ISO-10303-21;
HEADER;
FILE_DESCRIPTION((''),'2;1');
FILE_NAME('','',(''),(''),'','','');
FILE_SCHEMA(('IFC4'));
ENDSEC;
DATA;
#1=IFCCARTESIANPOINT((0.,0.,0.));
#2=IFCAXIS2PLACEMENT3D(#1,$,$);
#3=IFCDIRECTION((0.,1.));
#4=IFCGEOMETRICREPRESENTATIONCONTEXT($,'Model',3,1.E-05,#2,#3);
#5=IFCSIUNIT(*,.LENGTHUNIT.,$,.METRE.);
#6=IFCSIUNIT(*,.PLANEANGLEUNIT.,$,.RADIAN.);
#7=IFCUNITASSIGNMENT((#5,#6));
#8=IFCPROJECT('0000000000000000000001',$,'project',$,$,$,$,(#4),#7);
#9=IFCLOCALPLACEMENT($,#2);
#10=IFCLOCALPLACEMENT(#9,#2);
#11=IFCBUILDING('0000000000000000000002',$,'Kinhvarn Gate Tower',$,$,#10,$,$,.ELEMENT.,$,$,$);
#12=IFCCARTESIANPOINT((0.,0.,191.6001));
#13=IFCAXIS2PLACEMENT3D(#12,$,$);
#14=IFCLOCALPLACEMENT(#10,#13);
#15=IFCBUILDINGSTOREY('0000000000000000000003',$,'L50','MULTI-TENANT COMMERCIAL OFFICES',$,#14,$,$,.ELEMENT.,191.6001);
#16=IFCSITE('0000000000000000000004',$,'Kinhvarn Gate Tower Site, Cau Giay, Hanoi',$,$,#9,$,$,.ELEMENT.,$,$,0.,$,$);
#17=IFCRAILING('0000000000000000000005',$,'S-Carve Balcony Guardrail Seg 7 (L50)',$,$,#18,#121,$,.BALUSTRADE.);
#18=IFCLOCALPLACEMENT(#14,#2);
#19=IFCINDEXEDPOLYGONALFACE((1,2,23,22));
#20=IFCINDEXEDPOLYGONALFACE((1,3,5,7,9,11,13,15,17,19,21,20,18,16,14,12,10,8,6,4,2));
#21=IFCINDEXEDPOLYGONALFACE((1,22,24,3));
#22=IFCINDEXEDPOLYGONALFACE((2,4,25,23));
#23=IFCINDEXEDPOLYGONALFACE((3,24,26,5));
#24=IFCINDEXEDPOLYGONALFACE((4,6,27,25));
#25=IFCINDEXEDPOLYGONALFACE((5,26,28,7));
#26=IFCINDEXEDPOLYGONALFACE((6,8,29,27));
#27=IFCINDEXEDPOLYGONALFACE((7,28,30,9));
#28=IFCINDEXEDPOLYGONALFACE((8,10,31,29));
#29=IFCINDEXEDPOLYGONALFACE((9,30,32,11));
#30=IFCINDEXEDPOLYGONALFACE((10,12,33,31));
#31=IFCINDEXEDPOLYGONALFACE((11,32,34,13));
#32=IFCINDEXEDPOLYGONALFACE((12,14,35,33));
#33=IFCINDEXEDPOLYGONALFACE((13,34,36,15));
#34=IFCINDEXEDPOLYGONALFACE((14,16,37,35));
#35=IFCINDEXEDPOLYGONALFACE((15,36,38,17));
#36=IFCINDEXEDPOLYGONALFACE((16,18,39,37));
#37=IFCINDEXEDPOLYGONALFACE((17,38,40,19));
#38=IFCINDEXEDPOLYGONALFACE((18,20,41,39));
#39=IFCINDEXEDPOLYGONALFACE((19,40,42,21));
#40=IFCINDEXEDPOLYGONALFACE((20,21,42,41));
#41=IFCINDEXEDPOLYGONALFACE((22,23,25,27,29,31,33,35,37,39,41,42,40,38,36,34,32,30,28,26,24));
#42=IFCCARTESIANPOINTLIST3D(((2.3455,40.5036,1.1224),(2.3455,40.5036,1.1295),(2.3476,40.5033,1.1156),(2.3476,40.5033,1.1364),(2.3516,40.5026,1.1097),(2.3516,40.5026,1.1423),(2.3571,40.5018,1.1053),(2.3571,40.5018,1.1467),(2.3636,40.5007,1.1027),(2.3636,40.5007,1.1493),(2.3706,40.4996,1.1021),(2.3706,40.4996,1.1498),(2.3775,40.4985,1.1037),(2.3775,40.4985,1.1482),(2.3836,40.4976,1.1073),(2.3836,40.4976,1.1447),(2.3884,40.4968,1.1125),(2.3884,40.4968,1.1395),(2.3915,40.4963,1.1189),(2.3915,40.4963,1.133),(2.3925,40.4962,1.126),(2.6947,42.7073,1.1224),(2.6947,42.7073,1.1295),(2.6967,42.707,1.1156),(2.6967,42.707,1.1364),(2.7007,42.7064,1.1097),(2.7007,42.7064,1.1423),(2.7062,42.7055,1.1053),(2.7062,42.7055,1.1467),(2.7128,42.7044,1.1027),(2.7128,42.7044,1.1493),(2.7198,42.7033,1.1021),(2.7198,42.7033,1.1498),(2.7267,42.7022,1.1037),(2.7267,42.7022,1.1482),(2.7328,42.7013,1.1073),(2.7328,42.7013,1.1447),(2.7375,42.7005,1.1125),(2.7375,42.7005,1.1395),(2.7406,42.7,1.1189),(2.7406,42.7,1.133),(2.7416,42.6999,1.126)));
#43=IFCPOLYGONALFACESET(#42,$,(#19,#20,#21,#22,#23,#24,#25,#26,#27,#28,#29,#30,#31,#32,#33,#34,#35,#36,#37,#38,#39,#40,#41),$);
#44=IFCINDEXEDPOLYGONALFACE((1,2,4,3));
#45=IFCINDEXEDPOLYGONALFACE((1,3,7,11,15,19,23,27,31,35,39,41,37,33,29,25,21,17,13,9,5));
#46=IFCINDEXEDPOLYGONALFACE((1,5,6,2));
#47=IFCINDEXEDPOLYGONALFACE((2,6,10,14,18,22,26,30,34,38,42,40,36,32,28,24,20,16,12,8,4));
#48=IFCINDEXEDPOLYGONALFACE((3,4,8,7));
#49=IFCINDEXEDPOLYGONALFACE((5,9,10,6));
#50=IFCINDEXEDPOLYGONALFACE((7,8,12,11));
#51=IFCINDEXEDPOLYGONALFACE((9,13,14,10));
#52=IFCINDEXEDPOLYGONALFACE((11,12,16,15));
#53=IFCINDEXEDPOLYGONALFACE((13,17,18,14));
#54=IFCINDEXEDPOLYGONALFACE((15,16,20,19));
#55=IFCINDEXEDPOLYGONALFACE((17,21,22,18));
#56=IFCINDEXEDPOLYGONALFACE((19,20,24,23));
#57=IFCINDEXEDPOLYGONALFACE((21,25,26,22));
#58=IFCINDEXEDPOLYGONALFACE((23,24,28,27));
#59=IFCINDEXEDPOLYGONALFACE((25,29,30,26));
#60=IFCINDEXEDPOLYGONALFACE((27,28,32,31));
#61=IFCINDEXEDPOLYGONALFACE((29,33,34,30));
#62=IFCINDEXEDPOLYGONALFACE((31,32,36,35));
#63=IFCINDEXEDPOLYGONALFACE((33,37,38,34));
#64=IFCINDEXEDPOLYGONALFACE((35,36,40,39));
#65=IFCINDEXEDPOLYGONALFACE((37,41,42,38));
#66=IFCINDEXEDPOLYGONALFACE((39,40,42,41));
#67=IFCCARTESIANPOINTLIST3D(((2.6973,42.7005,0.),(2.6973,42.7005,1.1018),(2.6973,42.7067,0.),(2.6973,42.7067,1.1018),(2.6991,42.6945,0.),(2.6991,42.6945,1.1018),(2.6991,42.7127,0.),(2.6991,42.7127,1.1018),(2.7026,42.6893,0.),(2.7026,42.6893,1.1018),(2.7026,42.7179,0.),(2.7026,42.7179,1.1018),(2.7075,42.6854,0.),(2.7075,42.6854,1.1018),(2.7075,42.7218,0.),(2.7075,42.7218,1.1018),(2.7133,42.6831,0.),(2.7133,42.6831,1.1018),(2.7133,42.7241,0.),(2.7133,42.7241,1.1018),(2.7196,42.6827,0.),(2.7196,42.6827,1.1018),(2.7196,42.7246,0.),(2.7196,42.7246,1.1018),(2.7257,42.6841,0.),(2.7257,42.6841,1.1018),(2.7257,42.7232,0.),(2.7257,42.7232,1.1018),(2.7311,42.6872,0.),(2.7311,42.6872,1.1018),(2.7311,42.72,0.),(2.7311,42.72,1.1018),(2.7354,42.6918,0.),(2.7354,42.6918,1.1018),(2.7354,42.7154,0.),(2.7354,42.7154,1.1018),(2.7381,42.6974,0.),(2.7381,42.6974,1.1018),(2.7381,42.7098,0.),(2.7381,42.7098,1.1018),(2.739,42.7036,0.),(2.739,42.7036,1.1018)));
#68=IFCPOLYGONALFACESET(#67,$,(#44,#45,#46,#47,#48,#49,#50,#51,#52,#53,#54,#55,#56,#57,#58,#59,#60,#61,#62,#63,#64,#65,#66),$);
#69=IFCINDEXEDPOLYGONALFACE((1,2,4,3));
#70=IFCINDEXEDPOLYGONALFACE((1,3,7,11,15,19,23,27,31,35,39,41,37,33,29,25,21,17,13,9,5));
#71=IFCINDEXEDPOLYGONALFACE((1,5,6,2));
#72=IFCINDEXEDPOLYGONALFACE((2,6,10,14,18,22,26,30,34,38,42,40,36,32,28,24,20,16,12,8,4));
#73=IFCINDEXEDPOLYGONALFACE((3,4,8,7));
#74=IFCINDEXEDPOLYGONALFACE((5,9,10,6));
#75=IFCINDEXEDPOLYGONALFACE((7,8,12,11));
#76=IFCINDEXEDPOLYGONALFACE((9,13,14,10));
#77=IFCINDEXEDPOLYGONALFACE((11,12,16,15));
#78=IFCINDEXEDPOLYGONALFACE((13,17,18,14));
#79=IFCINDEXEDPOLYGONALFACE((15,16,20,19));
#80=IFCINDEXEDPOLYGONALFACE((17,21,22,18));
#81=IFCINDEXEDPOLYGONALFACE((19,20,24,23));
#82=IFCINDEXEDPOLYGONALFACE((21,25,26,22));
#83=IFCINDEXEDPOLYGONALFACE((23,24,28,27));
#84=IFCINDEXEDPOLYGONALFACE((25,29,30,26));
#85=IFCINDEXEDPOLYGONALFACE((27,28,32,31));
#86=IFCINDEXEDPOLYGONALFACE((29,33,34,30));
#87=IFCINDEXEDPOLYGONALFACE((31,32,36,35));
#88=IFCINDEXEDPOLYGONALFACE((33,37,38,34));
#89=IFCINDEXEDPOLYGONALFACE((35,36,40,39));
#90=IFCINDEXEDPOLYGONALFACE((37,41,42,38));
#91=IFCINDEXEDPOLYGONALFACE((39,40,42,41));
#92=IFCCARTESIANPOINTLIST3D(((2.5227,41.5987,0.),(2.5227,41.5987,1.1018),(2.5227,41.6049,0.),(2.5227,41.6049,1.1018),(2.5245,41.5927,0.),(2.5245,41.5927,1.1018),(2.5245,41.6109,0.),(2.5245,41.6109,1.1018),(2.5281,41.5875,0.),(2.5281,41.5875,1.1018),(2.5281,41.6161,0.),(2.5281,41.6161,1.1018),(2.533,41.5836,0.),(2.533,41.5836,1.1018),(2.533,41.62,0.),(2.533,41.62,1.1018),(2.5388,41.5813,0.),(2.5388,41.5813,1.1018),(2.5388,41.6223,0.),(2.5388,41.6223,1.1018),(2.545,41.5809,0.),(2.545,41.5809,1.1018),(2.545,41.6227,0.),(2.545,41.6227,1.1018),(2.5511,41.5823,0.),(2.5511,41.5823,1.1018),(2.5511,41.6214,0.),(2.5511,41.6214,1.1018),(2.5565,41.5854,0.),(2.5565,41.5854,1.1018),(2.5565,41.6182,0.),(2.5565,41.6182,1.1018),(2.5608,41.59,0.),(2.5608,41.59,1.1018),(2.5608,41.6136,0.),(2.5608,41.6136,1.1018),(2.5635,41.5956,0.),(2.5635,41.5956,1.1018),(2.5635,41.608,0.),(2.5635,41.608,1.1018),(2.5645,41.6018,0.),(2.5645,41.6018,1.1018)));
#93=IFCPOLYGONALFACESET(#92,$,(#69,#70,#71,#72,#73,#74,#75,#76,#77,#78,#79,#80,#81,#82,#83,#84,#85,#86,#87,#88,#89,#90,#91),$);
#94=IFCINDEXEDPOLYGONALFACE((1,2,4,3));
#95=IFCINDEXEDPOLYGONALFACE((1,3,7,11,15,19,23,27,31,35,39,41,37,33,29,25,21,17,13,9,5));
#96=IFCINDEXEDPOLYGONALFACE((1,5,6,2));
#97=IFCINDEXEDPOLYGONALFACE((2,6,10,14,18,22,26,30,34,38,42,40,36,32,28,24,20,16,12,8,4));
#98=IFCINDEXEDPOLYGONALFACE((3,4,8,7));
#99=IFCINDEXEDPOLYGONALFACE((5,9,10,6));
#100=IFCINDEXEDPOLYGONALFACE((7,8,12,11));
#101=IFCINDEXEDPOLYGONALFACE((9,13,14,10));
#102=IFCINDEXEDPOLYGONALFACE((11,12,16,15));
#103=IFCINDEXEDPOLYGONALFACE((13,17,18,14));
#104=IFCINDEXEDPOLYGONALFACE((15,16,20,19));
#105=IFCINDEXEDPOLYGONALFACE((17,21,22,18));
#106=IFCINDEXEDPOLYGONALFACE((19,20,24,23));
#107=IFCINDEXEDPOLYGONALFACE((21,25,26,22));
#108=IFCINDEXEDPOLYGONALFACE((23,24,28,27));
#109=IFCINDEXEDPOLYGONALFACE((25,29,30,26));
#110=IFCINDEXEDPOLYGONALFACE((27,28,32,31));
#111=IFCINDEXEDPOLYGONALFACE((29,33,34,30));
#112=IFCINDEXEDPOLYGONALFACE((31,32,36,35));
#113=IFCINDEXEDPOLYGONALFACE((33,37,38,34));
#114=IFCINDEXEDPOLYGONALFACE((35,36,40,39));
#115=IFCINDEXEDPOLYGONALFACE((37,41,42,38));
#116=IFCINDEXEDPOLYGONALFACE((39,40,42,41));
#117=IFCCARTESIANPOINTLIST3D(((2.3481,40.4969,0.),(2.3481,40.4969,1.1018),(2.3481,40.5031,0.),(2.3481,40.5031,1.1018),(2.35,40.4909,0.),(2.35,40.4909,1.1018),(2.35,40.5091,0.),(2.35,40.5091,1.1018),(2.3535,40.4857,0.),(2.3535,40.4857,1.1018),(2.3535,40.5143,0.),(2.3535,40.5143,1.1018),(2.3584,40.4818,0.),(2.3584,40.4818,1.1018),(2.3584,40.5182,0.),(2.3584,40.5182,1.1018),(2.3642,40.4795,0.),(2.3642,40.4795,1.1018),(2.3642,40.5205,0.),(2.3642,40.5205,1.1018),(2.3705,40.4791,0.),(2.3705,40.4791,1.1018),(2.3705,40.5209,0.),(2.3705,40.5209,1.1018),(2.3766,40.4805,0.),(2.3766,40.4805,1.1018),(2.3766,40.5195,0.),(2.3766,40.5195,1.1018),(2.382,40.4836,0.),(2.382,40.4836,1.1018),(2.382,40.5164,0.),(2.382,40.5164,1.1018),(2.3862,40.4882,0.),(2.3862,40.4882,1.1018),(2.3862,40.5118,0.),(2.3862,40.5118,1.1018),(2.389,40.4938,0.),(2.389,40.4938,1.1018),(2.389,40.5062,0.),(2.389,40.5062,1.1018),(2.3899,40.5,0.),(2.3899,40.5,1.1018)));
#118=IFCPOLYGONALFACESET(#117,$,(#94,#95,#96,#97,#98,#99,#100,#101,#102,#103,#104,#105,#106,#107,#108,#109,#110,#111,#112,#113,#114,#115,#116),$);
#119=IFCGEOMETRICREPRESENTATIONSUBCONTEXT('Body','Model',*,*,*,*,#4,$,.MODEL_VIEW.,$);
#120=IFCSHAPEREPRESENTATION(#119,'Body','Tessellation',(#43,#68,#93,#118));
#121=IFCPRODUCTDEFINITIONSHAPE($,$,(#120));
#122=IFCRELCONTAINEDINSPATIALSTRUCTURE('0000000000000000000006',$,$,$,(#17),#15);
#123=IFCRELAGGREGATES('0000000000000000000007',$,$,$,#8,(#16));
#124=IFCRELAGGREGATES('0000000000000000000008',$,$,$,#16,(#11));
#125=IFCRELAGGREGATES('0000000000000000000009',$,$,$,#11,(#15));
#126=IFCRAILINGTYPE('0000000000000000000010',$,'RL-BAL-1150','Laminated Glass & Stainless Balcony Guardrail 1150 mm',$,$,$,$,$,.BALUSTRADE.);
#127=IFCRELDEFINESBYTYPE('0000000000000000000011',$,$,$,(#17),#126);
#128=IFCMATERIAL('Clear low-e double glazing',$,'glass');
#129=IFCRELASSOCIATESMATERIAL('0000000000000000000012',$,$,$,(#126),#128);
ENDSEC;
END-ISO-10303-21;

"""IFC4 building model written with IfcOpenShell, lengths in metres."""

from ifc_helpers import new_model, si_unit, direction, frame, origin, origin_2d, place, context, subcontext, project, spatial, circle, extrude, material, type_object, element, save


model = new_model("IFC4")

# Units and contexts
model_context = context("Model", 3, precision=1e-05, world=origin(), true_north=direction((0.0, 1.0)))
body_context = subcontext(model_context, "Body", "Model", "MODEL_VIEW")
ifc_project = project(units=[si_unit("LENGTHUNIT", "METRE"), si_unit("PLANEANGLEUNIT", "RADIAN")], contexts=[model_context])

# Site, building, storey
site_placement = place(None, origin())
site = spatial("IfcSite", under=ifc_project, at=site_placement, Name="Kinhvarn Gate Tower Site, Cau Giay, Hanoi", CompositionType="ELEMENT", RefElevation=0.0)
building_placement = place(site_placement, origin())
building = spatial("IfcBuilding", under=site, at=building_placement, Name="Kinhvarn Gate Tower", CompositionType="ELEMENT")
storey_placement = place(building_placement, frame((0.0, 0.0, 191.6001)))
storey = spatial("IfcBuildingStorey", under=building, at=storey_placement, Name="L50", Description="MULTI-TENANT COMMERCIAL OFFICES", CompositionType="ELEMENT", Elevation=191.6001)

# Shared definitions
ifc_material_1 = material(Name="Clear low-e double glazing", Category="glass")

# Railing
railing_type = type_object("IfcRailingType", Name="RL-BAL-1150", Description="Laminated Glass & Stainless Balcony Guardrail 1150 mm", PredefinedType="BALUSTRADE", material=ifc_material_1)
railing_1_placement = place(storey_placement, frame((2.718, 42.7036, 0.0)))
element("IfcRailing", 1, at=railing_1_placement, inside=storey, type_object=railing_type, Name="S-Carve Balcony Guardrail Seg 7 (L50)", PredefinedType="BALUSTRADE", context=body_context, shape_type="SweptSolid", body=[
    extrude(circle(Radius=0.0239, at=origin_2d()), frame((0.0, 0.0, 1.126), z_axis=(-0.15648, -0.987681, 0.0), x_axis=(0.987681, -0.15648, 0.0)), (0.0, 0.0, 1.0), 2.2312),
    extrude(circle(Radius=0.021, at=origin_2d()), origin(), (0.0, 0.0, 1.0), 1.1018),
    extrude(circle(Radius=0.021, at=origin_2d()), frame((-0.1746, -1.1018, 0.0)), (0.0, 0.0, 1.0), 1.1018),
    extrude(circle(Radius=0.021, at=origin_2d()), frame((-0.3491, -2.2036, 0.0)), (0.0, 0.0, 1.0), 1.1018),
])

save(model, "model.ifc")
